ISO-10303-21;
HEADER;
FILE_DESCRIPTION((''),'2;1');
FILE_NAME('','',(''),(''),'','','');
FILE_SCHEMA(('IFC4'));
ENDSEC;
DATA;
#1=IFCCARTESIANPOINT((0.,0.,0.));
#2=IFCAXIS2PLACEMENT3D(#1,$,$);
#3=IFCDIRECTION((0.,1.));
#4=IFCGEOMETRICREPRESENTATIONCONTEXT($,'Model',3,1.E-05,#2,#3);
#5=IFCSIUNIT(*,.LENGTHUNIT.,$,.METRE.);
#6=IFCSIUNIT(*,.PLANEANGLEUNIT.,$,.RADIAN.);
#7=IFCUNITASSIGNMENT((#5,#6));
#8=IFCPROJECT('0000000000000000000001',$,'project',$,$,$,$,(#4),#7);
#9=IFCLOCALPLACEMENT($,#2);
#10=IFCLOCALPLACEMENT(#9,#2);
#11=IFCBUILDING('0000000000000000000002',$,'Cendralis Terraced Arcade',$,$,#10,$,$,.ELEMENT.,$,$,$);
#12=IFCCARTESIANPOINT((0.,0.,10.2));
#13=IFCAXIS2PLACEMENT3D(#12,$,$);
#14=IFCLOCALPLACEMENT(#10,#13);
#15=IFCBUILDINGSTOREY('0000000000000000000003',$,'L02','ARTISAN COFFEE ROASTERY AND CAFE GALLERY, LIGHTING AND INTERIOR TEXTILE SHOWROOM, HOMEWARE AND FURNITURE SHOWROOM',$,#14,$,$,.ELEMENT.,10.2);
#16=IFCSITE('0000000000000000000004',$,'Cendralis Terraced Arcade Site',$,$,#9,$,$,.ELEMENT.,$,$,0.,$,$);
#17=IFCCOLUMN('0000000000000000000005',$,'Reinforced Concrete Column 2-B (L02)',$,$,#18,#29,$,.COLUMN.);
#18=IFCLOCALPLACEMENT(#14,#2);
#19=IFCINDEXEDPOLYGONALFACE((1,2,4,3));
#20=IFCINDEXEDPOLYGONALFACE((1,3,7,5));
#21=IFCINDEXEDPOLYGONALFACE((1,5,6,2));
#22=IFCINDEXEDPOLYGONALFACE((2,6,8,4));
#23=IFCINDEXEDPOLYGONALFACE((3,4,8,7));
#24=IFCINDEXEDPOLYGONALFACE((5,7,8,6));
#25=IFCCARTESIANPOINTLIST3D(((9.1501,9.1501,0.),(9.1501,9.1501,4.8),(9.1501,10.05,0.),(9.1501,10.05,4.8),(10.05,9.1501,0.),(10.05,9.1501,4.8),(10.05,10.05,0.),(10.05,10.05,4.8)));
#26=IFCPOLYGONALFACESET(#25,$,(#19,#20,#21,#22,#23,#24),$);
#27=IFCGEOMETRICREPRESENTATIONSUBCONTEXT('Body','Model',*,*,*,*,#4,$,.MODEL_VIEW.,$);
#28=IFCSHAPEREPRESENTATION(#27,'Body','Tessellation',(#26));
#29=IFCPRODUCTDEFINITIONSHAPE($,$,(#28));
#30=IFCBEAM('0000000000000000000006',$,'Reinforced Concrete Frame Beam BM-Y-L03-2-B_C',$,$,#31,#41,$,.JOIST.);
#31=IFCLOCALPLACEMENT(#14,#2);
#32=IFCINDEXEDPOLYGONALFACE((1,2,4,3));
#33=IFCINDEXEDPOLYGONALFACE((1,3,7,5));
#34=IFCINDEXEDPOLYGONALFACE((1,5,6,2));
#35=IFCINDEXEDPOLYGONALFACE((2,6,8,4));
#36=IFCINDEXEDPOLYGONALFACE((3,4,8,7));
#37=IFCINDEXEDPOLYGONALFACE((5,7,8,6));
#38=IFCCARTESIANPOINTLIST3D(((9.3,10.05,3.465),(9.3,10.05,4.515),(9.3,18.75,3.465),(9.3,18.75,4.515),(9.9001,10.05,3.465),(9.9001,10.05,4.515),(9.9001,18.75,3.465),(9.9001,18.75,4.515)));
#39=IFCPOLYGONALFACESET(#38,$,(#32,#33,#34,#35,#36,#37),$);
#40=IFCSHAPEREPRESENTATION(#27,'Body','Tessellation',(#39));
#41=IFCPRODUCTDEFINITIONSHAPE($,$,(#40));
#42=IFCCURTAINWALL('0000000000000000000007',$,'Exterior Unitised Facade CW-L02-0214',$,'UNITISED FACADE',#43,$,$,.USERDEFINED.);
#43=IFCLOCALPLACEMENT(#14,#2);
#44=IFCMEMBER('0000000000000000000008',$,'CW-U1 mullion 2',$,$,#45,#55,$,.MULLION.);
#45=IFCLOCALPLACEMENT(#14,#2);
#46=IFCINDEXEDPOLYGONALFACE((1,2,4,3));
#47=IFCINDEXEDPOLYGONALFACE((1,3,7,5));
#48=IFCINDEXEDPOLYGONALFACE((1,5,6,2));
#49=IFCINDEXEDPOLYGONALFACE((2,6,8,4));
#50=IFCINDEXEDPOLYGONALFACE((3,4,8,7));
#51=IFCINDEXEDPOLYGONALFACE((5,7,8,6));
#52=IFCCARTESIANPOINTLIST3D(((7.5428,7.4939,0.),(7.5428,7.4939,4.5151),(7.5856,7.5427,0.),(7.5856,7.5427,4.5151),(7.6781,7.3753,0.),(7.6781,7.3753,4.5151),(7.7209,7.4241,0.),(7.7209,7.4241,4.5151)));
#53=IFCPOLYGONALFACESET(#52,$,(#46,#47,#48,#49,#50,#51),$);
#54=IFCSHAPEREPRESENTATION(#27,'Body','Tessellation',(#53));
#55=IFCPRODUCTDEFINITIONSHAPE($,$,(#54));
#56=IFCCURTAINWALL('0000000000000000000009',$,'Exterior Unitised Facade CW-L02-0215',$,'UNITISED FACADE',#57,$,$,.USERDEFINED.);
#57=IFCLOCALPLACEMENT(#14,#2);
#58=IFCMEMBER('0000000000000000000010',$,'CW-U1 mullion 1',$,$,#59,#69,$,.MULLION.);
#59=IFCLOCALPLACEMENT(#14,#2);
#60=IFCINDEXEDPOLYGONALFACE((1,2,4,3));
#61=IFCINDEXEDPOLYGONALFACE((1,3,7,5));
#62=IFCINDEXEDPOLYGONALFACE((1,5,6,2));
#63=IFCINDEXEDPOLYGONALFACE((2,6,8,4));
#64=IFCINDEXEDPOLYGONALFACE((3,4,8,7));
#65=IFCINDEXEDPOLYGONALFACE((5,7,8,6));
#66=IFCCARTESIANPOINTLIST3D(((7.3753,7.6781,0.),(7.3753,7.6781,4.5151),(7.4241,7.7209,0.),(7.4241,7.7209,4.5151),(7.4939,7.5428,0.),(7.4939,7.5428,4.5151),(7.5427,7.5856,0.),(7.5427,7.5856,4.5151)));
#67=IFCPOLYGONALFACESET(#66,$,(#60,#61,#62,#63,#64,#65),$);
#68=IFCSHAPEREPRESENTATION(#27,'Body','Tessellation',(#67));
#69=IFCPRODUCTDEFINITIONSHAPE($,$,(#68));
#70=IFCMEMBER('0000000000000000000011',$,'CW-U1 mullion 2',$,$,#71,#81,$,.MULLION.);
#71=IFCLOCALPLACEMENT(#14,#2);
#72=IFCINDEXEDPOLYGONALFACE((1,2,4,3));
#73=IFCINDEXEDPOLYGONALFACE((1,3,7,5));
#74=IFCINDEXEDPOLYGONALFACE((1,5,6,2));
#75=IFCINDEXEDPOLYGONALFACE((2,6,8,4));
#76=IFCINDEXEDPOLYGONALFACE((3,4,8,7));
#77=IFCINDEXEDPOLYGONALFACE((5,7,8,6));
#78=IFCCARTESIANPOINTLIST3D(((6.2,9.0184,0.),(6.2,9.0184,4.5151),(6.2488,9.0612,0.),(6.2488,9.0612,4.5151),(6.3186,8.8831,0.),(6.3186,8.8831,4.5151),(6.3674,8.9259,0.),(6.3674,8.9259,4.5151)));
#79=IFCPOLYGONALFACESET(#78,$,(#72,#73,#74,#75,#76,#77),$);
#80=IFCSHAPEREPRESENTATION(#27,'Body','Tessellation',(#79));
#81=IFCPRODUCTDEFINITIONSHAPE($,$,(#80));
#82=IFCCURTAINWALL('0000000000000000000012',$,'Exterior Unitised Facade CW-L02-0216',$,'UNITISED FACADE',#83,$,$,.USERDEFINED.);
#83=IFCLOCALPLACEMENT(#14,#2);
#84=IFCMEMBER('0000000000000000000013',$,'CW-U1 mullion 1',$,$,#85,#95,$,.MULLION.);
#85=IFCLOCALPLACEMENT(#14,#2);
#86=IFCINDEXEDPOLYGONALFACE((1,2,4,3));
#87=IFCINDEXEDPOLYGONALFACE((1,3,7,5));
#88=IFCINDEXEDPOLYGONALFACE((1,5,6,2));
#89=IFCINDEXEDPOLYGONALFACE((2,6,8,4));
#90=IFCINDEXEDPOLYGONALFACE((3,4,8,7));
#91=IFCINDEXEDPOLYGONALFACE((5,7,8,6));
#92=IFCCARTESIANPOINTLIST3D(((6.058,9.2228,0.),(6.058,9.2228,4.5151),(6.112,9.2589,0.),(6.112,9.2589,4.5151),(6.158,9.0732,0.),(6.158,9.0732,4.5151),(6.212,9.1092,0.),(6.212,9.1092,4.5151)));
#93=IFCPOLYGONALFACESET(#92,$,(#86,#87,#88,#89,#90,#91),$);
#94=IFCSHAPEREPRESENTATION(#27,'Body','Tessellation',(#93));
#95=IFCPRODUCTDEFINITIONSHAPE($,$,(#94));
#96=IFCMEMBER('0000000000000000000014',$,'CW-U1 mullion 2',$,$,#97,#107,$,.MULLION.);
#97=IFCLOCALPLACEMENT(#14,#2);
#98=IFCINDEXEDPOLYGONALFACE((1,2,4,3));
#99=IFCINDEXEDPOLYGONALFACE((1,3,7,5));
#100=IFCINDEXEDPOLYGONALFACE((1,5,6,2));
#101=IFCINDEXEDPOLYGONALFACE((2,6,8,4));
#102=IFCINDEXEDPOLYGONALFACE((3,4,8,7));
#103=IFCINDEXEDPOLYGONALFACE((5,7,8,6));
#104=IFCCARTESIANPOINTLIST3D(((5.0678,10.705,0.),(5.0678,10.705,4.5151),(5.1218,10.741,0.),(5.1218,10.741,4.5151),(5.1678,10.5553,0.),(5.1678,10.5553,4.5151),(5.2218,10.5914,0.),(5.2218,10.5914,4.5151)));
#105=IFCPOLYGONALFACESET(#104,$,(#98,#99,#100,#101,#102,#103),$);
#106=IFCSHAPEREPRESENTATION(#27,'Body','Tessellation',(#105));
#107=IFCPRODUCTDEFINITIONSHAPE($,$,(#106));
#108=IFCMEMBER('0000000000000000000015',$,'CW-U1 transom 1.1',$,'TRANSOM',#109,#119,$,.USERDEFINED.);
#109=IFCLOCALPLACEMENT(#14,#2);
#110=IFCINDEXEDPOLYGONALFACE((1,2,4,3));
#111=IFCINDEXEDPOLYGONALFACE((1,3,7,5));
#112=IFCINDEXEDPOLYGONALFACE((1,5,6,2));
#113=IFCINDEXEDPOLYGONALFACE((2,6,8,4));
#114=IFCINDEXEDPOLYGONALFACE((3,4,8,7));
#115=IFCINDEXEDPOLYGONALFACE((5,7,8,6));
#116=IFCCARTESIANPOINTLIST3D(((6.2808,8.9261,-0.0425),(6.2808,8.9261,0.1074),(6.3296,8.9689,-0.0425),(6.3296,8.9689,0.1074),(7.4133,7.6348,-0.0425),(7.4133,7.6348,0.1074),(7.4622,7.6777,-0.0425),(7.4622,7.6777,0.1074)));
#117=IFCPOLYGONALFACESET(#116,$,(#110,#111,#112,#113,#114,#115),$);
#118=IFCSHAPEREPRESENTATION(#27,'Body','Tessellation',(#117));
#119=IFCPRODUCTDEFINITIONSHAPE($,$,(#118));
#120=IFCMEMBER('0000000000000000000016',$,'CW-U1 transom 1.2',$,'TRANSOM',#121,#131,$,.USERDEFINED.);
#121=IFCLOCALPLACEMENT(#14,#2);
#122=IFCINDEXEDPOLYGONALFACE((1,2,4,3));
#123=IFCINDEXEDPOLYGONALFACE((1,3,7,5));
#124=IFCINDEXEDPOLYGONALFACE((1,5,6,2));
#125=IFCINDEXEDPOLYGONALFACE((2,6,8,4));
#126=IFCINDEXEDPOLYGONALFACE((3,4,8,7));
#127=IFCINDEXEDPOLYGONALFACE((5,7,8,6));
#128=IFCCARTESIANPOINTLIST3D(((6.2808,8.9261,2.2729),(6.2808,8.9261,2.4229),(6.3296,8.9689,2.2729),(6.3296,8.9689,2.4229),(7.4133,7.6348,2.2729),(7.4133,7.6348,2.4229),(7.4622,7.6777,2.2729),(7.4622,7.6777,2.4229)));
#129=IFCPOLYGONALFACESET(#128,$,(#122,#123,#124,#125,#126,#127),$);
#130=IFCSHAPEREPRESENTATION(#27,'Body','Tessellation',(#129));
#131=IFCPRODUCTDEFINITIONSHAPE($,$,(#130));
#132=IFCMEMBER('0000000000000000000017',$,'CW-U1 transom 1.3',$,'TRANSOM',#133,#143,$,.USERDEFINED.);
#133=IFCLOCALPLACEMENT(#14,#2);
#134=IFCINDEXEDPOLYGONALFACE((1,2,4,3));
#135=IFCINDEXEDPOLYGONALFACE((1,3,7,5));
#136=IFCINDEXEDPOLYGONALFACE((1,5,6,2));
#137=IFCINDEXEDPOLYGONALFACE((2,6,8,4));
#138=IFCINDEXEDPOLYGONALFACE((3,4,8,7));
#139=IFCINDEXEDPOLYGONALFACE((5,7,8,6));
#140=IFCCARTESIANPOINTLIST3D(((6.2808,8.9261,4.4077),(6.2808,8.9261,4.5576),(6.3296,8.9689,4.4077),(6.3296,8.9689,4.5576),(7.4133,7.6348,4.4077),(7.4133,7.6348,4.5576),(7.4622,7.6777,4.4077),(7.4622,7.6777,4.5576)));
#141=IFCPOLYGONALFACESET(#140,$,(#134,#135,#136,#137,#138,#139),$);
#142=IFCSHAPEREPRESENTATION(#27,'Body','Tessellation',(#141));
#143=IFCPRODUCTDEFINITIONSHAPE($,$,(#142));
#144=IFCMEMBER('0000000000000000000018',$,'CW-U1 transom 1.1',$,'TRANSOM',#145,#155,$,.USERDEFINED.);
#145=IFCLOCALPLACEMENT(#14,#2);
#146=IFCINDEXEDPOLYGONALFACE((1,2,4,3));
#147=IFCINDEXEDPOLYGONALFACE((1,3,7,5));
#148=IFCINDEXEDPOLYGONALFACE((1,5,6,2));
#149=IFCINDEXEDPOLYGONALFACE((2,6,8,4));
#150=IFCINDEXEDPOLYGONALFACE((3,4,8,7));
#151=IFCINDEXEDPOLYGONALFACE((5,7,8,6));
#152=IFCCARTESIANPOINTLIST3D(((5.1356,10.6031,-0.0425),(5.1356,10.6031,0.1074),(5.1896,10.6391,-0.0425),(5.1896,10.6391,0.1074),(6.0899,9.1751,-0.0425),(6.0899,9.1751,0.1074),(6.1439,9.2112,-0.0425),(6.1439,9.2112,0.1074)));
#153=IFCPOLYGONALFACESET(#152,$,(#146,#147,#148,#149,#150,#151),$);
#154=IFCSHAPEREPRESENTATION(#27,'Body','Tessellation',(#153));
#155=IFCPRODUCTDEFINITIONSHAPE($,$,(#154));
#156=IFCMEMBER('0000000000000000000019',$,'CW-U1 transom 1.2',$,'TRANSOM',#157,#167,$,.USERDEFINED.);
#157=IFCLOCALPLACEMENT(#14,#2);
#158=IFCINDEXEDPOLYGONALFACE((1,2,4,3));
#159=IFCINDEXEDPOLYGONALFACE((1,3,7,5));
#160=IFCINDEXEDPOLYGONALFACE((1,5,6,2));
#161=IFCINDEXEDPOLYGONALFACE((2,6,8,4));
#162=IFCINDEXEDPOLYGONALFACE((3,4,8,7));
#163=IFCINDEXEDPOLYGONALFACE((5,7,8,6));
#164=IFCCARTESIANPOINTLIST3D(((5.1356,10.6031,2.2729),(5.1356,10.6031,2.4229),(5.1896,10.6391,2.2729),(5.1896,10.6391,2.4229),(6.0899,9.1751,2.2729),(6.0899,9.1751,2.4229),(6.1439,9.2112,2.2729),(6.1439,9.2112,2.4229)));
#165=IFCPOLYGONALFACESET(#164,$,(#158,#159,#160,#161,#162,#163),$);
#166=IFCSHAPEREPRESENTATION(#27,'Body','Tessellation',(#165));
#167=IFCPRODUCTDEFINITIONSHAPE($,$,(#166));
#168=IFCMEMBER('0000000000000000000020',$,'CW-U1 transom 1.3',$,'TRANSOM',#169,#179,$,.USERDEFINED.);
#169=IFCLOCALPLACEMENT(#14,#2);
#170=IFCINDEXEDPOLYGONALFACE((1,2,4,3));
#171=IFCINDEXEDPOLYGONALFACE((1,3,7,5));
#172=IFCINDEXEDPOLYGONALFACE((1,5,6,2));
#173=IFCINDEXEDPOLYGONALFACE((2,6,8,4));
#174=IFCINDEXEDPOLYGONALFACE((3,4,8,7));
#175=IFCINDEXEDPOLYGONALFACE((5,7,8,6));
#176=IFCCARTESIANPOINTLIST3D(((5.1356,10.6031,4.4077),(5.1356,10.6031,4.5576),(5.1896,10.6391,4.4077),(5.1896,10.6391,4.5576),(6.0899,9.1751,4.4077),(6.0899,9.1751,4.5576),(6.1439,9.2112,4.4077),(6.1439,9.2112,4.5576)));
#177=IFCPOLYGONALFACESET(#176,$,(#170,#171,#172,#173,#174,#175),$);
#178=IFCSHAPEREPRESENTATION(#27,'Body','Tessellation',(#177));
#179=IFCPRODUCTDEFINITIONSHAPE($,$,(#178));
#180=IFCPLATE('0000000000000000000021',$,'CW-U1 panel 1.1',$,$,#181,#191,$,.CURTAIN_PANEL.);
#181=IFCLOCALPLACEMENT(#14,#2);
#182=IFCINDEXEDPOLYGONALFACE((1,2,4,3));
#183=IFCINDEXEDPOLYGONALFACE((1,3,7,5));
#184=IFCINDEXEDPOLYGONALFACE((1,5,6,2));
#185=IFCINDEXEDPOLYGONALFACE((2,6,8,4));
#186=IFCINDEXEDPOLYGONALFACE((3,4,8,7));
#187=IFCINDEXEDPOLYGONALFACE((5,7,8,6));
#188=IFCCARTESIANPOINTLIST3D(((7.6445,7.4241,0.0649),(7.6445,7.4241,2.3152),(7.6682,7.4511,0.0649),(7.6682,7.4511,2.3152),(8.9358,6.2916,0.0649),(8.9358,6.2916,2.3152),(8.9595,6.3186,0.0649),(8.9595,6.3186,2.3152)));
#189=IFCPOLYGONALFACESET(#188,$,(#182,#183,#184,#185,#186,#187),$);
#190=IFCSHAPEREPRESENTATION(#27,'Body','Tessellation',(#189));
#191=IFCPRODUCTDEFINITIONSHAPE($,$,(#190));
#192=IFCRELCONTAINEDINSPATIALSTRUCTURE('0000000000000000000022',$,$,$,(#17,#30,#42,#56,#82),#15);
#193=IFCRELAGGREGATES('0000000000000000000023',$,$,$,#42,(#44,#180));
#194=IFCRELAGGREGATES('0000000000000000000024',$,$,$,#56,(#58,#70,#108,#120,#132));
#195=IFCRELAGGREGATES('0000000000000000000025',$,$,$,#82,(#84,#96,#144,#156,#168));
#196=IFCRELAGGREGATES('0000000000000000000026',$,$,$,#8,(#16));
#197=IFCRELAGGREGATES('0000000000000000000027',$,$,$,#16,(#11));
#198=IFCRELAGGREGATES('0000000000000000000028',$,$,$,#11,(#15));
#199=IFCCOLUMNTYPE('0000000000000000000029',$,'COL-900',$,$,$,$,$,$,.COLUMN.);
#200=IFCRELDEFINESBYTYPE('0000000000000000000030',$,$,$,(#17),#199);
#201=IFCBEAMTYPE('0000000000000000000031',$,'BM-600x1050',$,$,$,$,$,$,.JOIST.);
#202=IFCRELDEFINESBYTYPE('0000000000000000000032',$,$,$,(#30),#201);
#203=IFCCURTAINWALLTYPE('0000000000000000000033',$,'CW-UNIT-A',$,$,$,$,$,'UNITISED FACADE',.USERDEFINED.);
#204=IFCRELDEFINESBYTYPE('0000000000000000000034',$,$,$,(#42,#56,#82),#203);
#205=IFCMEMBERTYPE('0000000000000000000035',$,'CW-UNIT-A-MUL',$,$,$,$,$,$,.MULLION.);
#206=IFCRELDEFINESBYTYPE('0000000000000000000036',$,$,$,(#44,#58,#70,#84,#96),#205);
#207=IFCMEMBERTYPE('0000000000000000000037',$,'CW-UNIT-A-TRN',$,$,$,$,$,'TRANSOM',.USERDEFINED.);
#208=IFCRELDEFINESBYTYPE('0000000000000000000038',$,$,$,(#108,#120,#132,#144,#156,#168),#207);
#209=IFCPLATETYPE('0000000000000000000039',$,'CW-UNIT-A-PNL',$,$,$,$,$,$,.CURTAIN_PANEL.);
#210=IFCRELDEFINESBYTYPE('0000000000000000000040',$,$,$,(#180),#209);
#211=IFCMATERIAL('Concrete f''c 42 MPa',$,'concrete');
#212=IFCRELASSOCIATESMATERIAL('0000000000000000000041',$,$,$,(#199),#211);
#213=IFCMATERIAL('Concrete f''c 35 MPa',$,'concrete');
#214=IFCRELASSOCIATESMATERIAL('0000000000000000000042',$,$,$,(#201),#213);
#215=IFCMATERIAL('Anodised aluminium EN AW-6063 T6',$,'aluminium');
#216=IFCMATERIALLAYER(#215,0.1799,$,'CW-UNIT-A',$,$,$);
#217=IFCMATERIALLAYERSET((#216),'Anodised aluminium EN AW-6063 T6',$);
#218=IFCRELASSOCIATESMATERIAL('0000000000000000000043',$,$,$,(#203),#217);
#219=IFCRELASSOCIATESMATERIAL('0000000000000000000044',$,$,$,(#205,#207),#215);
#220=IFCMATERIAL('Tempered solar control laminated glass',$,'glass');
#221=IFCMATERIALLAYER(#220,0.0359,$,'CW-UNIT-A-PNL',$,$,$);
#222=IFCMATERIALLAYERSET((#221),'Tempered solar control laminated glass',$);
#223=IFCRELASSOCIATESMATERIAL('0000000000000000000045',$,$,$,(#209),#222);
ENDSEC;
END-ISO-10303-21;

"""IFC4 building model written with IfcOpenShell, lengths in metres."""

from ifc_helpers import new_model, si_unit, direction, frame, origin, origin_2d, place, context, subcontext, project, spatial, rectangle, extrude, material, layer, layer_set, material_profile, profile_set, type_object, element, aggregate, save


model = new_model("IFC4")

# Units and contexts
model_context = context("Model", 3, precision=1e-05, world=origin(), true_north=direction((0.0, 1.0)))
body_context = subcontext(model_context, "Body", "Model", "MODEL_VIEW")
ifc_project = project(units=[si_unit("LENGTHUNIT", "METRE"), si_unit("PLANEANGLEUNIT", "RADIAN")], contexts=[model_context])

# Site, building, storey
site_placement = place(None, origin())
site = spatial("IfcSite", under=ifc_project, at=site_placement, Name="Cendralis Terraced Arcade Site", CompositionType="ELEMENT", RefElevation=0.0)
building_placement = place(site_placement, origin())
building = spatial("IfcBuilding", under=site, at=building_placement, Name="Cendralis Terraced Arcade", CompositionType="ELEMENT")
storey_placement = place(building_placement, frame((0.0, 0.0, 10.2)))
storey = spatial("IfcBuildingStorey", under=building, at=storey_placement, Name="L02", Description="ARTISAN COFFEE ROASTERY AND CAFE GALLERY, LIGHTING AND INTERIOR TEXTILE SHOWROOM, HOMEWARE AND FURNITURE SHOWROOM", CompositionType="ELEMENT", Elevation=10.2)

# Column
ifc_material_1 = material(Name="Concrete f'c 42 MPa", Category="concrete")
ifc_material_profile_1 = material_profile(ifc_material_1, rectangle(XDim=0.8999, YDim=0.8999, at=origin_2d()), Name="RC-COL-900x900", Category="LoadBearing")
ifc_profile_set_1 = profile_set([ifc_material_profile_1], Name="Concrete f'c 42 MPa")
column_type = type_object("IfcColumnType", Name="COL-900", PredefinedType="COLUMN", material=ifc_profile_set_1)
column_placement = place(storey_placement, frame((9.6001, 9.6001, 0.0), z_axis=(0.0, 0.0, 1.0), x_axis=(1.0, 0.0, 0.0)))
element("IfcColumn", 1, at=column_placement, inside=storey, type_object=column_type, Name="Reinforced Concrete Column 2-B (L02)", PredefinedType="COLUMN", context=body_context, shape_type="SweptSolid", body=[
    extrude(rectangle(XDim=0.8999, YDim=0.8999, at=origin_2d()), origin(), (0.0, 0.0, 1.0), 4.8),
])

# Beam
ifc_material_2 = material(Name="Concrete f'c 35 MPa", Category="concrete")
ifc_material_profile_2 = material_profile(ifc_material_2, rectangle(XDim=0.6001, YDim=1.05, at=origin_2d()), Name="RC-BM-600x1050", Category="LoadBearing")
ifc_profile_set_2 = profile_set([ifc_material_profile_2], Name="Concrete f'c 35 MPa")
beam_type = type_object("IfcBeamType", Name="BM-600x1050", PredefinedType="JOIST", material=ifc_profile_set_2)
beam_placement = place(storey_placement, frame((9.6001, 10.05, 3.99), z_axis=(0.0, 1.0, 0.0), x_axis=(-1.0, 0.0, 0.0)))
element("IfcBeam", 2, at=beam_placement, inside=storey, type_object=beam_type, Name="Reinforced Concrete Frame Beam BM-Y-L03-2-B_C", PredefinedType="JOIST", context=body_context, shape_type="SweptSolid", body=[
    extrude(rectangle(XDim=0.6001, YDim=1.05, at=origin_2d()), origin(), (0.0, 0.0, 1.0), 8.7),
])

# Curtain wall, member
ifc_material_3 = material(Name="Anodised aluminium EN AW-6063 T6", Category="aluminium")
ifc_layer_1 = layer(ifc_material_3, 0.1799, Name="CW-UNIT-A")
ifc_layer_set_1 = layer_set([ifc_layer_1], Name="Anodised aluminium EN AW-6063 T6")
curtain_wall_type = type_object("IfcCurtainWallType", Name="CW-UNIT-A", ElementType="UNITISED FACADE", PredefinedType="USERDEFINED", material=ifc_layer_set_1)
curtain_wall_1_placement = place(storey_placement, origin())
curtain_wall_1 = element("IfcCurtainWall", 3, at=curtain_wall_1_placement, inside=storey, type_object=curtain_wall_type, Name="Exterior Unitised Facade CW-L02-0214", ObjectType="UNITISED FACADE", PredefinedType="USERDEFINED")
ifc_material_profile_3 = material_profile(ifc_material_3, rectangle(XDim=0.0649, YDim=0.1799, at=origin_2d()), Name="ALU-MUL-65x180")
ifc_profile_set_3 = profile_set([ifc_material_profile_3], Name="Anodised aluminium EN AW-6063 T6")
member_type_1 = type_object("IfcMemberType", Name="CW-UNIT-A-MUL", PredefinedType="MULLION", material=ifc_profile_set_3)
member_1_placement = place(storey_placement, frame((7.6318, 7.459, 0.0), z_axis=(0.0, 0.0, 1.0), x_axis=(-0.65937, -0.751818, 0.0)))
member_1 = element("IfcMember", 4, at=member_1_placement, type_object=member_type_1, Name="CW-U1 mullion 2", PredefinedType="MULLION", context=body_context, shape_type="SweptSolid", body=[
    extrude(rectangle(XDim=0.0649, YDim=0.1799, at=origin_2d()), origin(), (0.0, 0.0, 1.0), 4.5151),
])

# Curtain walls, members
curtain_wall_2_placement = place(storey_placement, origin())
curtain_wall_2 = element("IfcCurtainWall", 5, at=curtain_wall_2_placement, inside=storey, type_object=curtain_wall_type, Name="Exterior Unitised Facade CW-L02-0215", ObjectType="UNITISED FACADE", PredefinedType="USERDEFINED")
member_2_placement = place(storey_placement, frame((7.459, 7.6318, 0.0), z_axis=(0.0, 0.0, 1.0), x_axis=(-0.751818, -0.65937, 0.0)))
member_2 = element("IfcMember", 6, at=member_2_placement, type_object=member_type_1, Name="CW-U1 mullion 1", PredefinedType="MULLION", context=body_context, shape_type="SweptSolid", body=[
    extrude(rectangle(XDim=0.0649, YDim=0.1799, at=origin_2d()), origin(), (0.0, 0.0, 1.0), 4.5151),
])
member_3_placement = place(storey_placement, frame((6.2837, 8.9722, 0.0), z_axis=(0.0, 0.0, 1.0), x_axis=(-0.751818, -0.65937, 0.0)))
member_3 = element("IfcMember", 7, at=member_3_placement, type_object=member_type_1, Name="CW-U1 mullion 2", PredefinedType="MULLION", context=body_context, shape_type="SweptSolid", body=[
    extrude(rectangle(XDim=0.0649, YDim=0.1799, at=origin_2d()), origin(), (0.0, 0.0, 1.0), 4.5151),
])
curtain_wall_3_placement = place(storey_placement, origin())
curtain_wall_3 = element("IfcCurtainWall", 8, at=curtain_wall_3_placement, inside=storey, type_object=curtain_wall_type, Name="Exterior Unitised Facade CW-L02-0216", ObjectType="UNITISED FACADE", PredefinedType="USERDEFINED")
member_4_placement = place(storey_placement, frame((6.135, 9.166, 0.0), z_axis=(0.0, 0.0, 1.0), x_axis=(-0.831484, -0.555549, 0.0)))
member_4 = element("IfcMember", 9, at=member_4_placement, type_object=member_type_1, Name="CW-U1 mullion 1", PredefinedType="MULLION", context=body_context, shape_type="SweptSolid", body=[
    extrude(rectangle(XDim=0.0649, YDim=0.1799, at=origin_2d()), origin(), (0.0, 0.0, 1.0), 4.5151),
])
member_5_placement = place(storey_placement, frame((5.1448, 10.6482, 0.0), z_axis=(0.0, 0.0, 1.0), x_axis=(-0.831484, -0.555549, 0.0)))
member_5 = element("IfcMember", 10, at=member_5_placement, type_object=member_type_1, Name="CW-U1 mullion 2", PredefinedType="MULLION", context=body_context, shape_type="SweptSolid", body=[
    extrude(rectangle(XDim=0.0649, YDim=0.1799, at=origin_2d()), origin(), (0.0, 0.0, 1.0), 4.5151),
])

# Members
ifc_material_profile_4 = material_profile(ifc_material_3, rectangle(XDim=0.0649, YDim=0.1499, at=origin_2d()), Name="ALU-TRN-65x150")
ifc_profile_set_4 = profile_set([ifc_material_profile_4], Name="Anodised aluminium EN AW-6063 T6")
member_type_2 = type_object("IfcMemberType", Name="CW-UNIT-A-TRN", ElementType="TRANSOM", PredefinedType="USERDEFINED", material=ifc_profile_set_4)
member_6_placement = place(storey_placement, frame((7.4377, 7.6562, 0.0325), z_axis=(-0.6594, 0.751792, 0.0), x_axis=(-0.751792, -0.6594, 0.0)))
member_6 = element("IfcMember", 11, at=member_6_placement, type_object=member_type_2, Name="CW-U1 transom 1.1", ObjectType="TRANSOM", PredefinedType="USERDEFINED", context=body_context, shape_type="SweptSolid", body=[
    extrude(rectangle(XDim=0.0649, YDim=0.1499, at=origin_2d()), origin(), (0.0, 0.0, 1.0), 1.7175),
])
member_7_placement = place(storey_placement, frame((7.4377, 7.6562, 2.3479), z_axis=(-0.6594, 0.751792, 0.0), x_axis=(-0.751792, -0.6594, 0.0)))
member_7 = element("IfcMember", 12, at=member_7_placement, type_object=member_type_2, Name="CW-U1 transom 1.2", ObjectType="TRANSOM", PredefinedType="USERDEFINED", context=body_context, shape_type="SweptSolid", body=[
    extrude(rectangle(XDim=0.0649, YDim=0.1499, at=origin_2d()), origin(), (0.0, 0.0, 1.0), 1.7175),
])
member_8_placement = place(storey_placement, frame((7.4377, 7.6562, 4.4827), z_axis=(-0.6594, 0.751792, 0.0), x_axis=(-0.751792, -0.6594, 0.0)))
member_8 = element("IfcMember", 13, at=member_8_placement, type_object=member_type_2, Name="CW-U1 transom 1.3", ObjectType="TRANSOM", PredefinedType="USERDEFINED", context=body_context, shape_type="SweptSolid", body=[
    extrude(rectangle(XDim=0.0649, YDim=0.1499, at=origin_2d()), origin(), (0.0, 0.0, 1.0), 1.7175),
])
member_9_placement = place(storey_placement, frame((6.1169, 9.1931, 0.0325), z_axis=(-0.555651, 0.831416, 0.0), x_axis=(-0.831416, -0.555651, 0.0)))
member_9 = element("IfcMember", 14, at=member_9_placement, type_object=member_type_2, Name="CW-U1 transom 1.1", ObjectType="TRANSOM", PredefinedType="USERDEFINED", context=body_context, shape_type="SweptSolid", body=[
    extrude(rectangle(XDim=0.0649, YDim=0.1499, at=origin_2d()), origin(), (0.0, 0.0, 1.0), 1.7175),
])
member_10_placement = place(storey_placement, frame((6.1169, 9.1931, 2.3479), z_axis=(-0.555651, 0.831416, 0.0), x_axis=(-0.831416, -0.555651, 0.0)))
member_10 = element("IfcMember", 15, at=member_10_placement, type_object=member_type_2, Name="CW-U1 transom 1.2", ObjectType="TRANSOM", PredefinedType="USERDEFINED", context=body_context, shape_type="SweptSolid", body=[
    extrude(rectangle(XDim=0.0649, YDim=0.1499, at=origin_2d()), origin(), (0.0, 0.0, 1.0), 1.7175),
])
member_11_placement = place(storey_placement, frame((6.1169, 9.1931, 4.4827), z_axis=(-0.555651, 0.831416, 0.0), x_axis=(-0.831416, -0.555651, 0.0)))
member_11 = element("IfcMember", 16, at=member_11_placement, type_object=member_type_2, Name="CW-U1 transom 1.3", ObjectType="TRANSOM", PredefinedType="USERDEFINED", context=body_context, shape_type="SweptSolid", body=[
    extrude(rectangle(XDim=0.0649, YDim=0.1499, at=origin_2d()), origin(), (0.0, 0.0, 1.0), 1.7175),
])

# Plate
ifc_material_4 = material(Name="Tempered solar control laminated glass", Category="glass")
ifc_layer_2 = layer(ifc_material_4, 0.0359, Name="CW-UNIT-A-PNL")
ifc_layer_set_2 = layer_set([ifc_layer_2], Name="Tempered solar control laminated glass")
plate_type = type_object("IfcPlateType", Name="CW-UNIT-A-PNL", PredefinedType="CURTAIN_PANEL", material=ifc_layer_set_2)
plate_1_placement = place(storey_placement, frame((8.302, 6.8713, 0.0649), z_axis=(0.0, 0.0, 1.0), x_axis=(-0.751818, 0.65937, 0.0)))
plate_1 = element("IfcPlate", 17, at=plate_1_placement, type_object=plate_type, Name="CW-U1 panel 1.1", PredefinedType="CURTAIN_PANEL", context=body_context, shape_type="SweptSolid", body=[
    extrude(rectangle(XDim=1.7175, YDim=0.0359, at=origin_2d()), origin(), (0.0, 0.0, 1.0), 2.2502),
])
aggregate(curtain_wall_1, [member_1, plate_1])
aggregate(curtain_wall_2, [member_2, member_3, member_6, member_7, member_8])
aggregate(curtain_wall_3, [member_4, member_5, member_9, member_10, member_11])

save(model, "model.ifc")
